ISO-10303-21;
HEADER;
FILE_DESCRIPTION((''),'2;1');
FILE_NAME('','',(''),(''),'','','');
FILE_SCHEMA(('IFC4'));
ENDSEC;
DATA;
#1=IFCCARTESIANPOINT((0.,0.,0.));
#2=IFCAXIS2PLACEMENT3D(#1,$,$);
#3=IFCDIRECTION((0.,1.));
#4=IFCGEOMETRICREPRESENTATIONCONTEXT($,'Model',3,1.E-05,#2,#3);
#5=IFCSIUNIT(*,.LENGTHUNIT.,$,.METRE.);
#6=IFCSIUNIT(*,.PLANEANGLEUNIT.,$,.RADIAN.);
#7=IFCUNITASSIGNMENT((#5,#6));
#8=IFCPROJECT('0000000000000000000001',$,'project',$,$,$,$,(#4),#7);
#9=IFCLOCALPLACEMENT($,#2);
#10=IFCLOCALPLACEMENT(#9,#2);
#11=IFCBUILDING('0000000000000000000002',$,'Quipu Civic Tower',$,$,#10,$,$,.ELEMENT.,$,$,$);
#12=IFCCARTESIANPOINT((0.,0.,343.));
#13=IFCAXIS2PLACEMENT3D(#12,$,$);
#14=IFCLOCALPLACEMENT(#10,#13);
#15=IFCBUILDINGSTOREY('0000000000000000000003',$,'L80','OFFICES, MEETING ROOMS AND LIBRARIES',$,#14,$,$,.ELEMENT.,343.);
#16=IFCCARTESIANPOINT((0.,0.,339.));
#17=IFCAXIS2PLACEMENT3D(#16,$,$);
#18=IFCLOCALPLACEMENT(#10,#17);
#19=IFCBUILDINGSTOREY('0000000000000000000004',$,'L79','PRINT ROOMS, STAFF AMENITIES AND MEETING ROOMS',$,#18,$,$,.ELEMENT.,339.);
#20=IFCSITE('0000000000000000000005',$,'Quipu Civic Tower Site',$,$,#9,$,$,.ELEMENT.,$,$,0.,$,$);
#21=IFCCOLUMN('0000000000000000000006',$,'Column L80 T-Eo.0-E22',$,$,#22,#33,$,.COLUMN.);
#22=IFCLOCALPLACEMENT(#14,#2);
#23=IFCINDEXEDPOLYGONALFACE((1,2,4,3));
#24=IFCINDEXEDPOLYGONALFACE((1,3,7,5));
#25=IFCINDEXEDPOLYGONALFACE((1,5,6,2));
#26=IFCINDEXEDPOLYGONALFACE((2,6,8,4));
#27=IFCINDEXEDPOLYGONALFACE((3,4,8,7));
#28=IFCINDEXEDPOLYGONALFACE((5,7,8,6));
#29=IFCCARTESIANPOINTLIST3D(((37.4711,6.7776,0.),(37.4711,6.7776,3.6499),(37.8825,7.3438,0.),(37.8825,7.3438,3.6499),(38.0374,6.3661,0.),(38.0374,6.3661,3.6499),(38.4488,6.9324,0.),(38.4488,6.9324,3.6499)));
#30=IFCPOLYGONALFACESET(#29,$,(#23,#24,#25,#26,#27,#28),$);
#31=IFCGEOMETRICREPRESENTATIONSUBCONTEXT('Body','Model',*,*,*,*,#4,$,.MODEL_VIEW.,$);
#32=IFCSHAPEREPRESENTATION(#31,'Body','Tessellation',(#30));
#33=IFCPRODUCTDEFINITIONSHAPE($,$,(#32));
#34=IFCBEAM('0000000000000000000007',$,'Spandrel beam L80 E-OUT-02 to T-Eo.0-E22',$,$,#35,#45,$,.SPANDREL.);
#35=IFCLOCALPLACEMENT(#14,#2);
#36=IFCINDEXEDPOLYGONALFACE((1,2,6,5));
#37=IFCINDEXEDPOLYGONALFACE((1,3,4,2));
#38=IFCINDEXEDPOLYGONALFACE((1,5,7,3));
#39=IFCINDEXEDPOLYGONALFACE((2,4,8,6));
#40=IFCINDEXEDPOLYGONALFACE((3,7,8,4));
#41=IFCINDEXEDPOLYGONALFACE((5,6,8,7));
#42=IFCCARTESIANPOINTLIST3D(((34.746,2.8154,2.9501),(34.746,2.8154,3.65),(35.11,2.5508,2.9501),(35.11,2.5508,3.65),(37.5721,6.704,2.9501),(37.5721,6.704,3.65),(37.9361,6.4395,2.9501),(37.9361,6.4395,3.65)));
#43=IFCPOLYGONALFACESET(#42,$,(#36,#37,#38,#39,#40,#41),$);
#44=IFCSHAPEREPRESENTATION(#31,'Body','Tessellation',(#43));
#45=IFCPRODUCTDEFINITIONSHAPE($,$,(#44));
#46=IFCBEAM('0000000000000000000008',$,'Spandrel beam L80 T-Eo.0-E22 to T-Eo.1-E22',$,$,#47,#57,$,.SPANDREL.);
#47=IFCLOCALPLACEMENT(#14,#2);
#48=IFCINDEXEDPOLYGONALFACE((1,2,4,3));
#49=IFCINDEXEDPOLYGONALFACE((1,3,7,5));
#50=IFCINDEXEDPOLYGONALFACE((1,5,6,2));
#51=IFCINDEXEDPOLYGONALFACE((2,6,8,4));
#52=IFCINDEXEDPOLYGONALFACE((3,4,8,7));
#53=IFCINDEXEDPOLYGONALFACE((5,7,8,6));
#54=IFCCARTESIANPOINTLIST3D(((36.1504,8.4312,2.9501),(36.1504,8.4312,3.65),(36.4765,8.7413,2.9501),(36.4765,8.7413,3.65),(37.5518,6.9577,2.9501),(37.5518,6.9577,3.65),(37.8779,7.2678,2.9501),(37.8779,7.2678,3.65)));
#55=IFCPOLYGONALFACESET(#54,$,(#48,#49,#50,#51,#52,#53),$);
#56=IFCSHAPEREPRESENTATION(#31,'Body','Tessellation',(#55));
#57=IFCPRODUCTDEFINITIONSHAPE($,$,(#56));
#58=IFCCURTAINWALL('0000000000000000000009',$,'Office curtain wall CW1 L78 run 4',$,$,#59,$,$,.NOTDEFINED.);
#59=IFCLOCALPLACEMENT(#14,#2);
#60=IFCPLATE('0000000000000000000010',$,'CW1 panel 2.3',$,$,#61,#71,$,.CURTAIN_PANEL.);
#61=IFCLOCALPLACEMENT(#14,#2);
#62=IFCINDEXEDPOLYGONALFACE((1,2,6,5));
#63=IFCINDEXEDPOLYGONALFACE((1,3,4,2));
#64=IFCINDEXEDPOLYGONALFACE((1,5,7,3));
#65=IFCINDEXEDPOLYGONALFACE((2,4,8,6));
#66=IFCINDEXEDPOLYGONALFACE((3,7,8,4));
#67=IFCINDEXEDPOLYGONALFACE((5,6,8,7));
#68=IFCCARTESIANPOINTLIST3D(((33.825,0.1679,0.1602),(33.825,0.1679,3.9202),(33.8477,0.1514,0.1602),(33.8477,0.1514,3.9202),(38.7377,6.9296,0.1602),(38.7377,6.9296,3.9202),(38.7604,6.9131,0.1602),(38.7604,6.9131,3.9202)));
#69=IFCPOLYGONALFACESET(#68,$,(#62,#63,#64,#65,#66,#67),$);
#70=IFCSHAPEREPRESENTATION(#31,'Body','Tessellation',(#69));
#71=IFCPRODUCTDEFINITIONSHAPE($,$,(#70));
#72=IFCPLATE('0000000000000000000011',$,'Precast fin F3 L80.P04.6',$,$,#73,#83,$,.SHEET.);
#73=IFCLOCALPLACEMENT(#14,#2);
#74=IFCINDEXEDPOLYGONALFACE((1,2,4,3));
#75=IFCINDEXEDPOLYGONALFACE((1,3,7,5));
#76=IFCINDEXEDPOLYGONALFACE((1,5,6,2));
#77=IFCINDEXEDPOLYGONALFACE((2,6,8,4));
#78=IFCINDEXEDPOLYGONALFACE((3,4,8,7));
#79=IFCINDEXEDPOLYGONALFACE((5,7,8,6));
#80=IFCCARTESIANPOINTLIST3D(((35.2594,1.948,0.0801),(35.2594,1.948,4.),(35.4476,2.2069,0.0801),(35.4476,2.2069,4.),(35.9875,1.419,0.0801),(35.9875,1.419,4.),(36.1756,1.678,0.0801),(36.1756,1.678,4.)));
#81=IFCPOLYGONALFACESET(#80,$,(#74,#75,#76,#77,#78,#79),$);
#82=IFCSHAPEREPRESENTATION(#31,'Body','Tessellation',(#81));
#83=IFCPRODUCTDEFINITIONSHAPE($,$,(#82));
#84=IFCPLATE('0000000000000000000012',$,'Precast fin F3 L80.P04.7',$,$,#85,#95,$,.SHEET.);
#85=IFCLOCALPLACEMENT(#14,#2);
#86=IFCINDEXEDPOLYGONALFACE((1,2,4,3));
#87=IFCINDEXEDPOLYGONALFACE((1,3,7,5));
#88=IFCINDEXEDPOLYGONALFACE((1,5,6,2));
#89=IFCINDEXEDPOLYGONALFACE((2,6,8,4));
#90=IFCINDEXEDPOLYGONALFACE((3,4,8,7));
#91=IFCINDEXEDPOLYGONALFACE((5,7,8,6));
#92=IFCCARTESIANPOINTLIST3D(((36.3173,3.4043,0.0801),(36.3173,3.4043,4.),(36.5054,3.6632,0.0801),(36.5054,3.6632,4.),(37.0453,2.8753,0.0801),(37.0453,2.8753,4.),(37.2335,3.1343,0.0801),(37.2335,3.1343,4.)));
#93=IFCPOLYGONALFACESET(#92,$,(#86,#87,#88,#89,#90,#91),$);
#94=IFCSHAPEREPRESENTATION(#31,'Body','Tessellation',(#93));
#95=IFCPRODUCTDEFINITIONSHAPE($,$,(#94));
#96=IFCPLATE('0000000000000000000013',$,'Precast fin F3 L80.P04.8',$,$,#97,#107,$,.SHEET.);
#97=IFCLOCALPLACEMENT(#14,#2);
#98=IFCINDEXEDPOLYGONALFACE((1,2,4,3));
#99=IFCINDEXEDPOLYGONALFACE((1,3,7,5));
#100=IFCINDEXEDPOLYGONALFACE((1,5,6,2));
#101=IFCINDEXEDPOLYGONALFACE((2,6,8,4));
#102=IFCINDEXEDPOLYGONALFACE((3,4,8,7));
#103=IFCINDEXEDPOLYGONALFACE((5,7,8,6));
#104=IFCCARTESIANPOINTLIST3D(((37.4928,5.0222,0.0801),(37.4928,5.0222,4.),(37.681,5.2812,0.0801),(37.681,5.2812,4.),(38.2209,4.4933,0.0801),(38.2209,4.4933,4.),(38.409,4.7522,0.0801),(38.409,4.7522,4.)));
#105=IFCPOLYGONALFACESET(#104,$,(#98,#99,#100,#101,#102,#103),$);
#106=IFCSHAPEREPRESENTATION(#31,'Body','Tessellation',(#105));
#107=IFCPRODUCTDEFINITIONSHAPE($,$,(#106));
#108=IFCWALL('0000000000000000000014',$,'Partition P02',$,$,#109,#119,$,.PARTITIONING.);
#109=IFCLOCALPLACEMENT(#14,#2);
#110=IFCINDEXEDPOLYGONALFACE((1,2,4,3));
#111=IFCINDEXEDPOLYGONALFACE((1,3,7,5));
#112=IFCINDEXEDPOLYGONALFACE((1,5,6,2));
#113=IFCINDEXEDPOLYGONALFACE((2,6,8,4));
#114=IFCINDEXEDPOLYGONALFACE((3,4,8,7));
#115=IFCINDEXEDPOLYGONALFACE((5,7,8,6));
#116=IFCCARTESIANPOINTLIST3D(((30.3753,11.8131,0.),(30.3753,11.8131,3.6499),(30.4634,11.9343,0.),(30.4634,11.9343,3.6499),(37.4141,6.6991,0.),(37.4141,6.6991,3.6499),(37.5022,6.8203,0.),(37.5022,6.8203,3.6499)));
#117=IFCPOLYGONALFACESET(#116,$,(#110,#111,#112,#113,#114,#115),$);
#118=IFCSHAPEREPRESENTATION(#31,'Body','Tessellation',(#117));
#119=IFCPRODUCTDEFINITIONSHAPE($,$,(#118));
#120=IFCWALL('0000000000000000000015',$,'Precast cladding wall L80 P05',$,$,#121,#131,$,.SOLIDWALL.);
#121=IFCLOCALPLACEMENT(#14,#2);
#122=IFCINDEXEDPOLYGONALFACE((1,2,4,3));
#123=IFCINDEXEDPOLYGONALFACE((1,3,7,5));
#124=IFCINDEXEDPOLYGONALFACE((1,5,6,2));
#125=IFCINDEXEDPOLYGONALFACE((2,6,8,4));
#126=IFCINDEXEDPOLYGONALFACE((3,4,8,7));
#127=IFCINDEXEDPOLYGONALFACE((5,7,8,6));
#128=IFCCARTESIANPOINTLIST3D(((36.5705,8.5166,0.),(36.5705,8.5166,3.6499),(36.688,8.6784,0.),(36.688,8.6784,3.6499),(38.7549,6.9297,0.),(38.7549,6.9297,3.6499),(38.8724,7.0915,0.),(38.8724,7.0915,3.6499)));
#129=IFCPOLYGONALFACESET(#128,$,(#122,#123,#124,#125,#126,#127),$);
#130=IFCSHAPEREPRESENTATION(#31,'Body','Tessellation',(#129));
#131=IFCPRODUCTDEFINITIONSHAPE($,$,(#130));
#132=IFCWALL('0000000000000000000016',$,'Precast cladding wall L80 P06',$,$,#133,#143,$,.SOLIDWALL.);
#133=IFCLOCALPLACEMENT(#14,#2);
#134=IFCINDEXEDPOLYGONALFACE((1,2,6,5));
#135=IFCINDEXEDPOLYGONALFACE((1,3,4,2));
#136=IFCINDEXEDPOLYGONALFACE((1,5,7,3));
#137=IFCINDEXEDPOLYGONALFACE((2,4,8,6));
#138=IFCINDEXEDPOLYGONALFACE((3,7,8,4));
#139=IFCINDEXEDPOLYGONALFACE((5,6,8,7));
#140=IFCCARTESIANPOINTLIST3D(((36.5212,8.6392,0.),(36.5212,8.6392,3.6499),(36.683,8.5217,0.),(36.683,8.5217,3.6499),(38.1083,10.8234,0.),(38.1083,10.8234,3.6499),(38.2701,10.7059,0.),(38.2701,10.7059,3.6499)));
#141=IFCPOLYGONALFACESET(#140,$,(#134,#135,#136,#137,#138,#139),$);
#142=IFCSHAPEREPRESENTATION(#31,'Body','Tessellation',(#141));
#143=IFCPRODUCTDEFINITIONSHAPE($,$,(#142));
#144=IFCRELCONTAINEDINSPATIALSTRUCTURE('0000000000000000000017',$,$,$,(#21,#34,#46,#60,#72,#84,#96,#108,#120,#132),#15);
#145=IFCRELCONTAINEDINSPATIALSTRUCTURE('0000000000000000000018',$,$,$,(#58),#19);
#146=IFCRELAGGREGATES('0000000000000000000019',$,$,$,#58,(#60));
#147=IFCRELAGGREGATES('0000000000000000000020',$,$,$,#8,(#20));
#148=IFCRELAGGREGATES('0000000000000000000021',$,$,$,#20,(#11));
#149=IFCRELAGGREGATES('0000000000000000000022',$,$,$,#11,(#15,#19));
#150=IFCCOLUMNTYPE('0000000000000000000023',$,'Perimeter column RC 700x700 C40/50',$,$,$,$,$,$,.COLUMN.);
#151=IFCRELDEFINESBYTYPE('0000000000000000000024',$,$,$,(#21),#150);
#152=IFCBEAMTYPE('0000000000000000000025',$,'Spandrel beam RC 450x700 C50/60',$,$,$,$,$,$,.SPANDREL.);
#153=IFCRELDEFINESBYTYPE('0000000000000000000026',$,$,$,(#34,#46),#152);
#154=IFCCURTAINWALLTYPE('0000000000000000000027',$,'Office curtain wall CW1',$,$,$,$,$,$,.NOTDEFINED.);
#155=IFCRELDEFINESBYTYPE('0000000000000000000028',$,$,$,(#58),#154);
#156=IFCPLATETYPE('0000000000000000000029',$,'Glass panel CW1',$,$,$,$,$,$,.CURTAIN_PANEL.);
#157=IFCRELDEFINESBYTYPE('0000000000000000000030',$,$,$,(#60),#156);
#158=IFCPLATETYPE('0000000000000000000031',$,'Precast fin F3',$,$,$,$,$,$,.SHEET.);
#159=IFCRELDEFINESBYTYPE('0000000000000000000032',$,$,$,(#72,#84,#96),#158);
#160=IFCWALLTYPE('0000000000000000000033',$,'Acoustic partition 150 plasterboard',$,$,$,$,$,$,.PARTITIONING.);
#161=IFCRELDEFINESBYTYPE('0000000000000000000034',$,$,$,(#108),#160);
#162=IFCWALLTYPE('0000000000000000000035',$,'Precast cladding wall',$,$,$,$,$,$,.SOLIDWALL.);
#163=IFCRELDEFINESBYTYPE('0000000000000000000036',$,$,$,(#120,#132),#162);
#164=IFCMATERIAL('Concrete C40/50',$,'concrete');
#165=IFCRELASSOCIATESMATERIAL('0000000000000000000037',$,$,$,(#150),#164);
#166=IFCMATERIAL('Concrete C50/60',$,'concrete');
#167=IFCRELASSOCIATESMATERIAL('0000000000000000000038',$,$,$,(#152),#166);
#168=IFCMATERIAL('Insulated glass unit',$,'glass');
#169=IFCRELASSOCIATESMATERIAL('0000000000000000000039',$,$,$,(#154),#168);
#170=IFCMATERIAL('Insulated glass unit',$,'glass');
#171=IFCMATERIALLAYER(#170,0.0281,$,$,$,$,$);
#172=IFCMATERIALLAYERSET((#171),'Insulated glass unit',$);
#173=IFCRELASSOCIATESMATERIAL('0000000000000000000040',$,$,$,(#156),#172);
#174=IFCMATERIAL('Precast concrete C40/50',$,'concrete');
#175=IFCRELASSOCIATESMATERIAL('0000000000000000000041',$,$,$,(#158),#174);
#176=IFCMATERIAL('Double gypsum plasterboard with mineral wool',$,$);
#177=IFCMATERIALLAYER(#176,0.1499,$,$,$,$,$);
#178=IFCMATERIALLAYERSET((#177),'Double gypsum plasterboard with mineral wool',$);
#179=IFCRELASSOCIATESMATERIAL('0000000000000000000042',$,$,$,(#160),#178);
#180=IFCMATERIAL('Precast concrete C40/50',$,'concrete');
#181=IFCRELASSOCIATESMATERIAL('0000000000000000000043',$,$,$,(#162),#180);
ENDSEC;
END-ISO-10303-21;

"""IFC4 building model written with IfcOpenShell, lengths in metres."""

from ifc_helpers import new_model, si_unit, direction, frame, frame_2d, origin, origin_2d, place, context, subcontext, project, spatial, rectangle, extrude, material, layer, layer_set, material_profile, profile_set, type_object, element, aggregate, save


model = new_model("IFC4")

# Units and contexts
model_context = context("Model", 3, precision=1e-05, world=origin(), true_north=direction((0.0, 1.0)))
body_context = subcontext(model_context, "Body", "Model", "MODEL_VIEW")
ifc_project = project(units=[si_unit("LENGTHUNIT", "METRE"), si_unit("PLANEANGLEUNIT", "RADIAN")], contexts=[model_context])

# Site, building, storey
site_placement = place(None, origin())
site = spatial("IfcSite", under=ifc_project, at=site_placement, Name="Quipu Civic Tower Site", CompositionType="ELEMENT", RefElevation=0.0)
building_placement = place(site_placement, origin())
building = spatial("IfcBuilding", under=site, at=building_placement, Name="Quipu Civic Tower", CompositionType="ELEMENT")
storey_1_placement = place(building_placement, frame((0.0, 0.0, 343.0)))
storey_1 = spatial("IfcBuildingStorey", under=building, at=storey_1_placement, Name="L80", Description="OFFICES, MEETING ROOMS AND LIBRARIES", CompositionType="ELEMENT", Elevation=343.0)

# Column
ifc_material_1 = material(Name="Concrete C40/50", Category="concrete")
ifc_material_profile_1 = material_profile(ifc_material_1, rectangle(XDim=0.7, YDim=0.7, at=origin_2d()), Name="RC700x700")
ifc_profile_set_1 = profile_set([ifc_material_profile_1], Name="Concrete C40/50")
column_type = type_object("IfcColumnType", Name="Perimeter column RC 700x700 C40/50", PredefinedType="COLUMN", material=ifc_profile_set_1)
column_placement = place(storey_1_placement, frame((37.96, 6.855, 0.0), z_axis=(0.0, 0.0, 1.0), x_axis=(0.587785, 0.809017, 0.0)))
element("IfcColumn", 1, at=column_placement, inside=storey_1, type_object=column_type, Name="Column L80 T-Eo.0-E22", PredefinedType="COLUMN", context=body_context, shape_type="SweptSolid", body=[
    extrude(rectangle(XDim=0.7, YDim=0.7, at=origin_2d()), origin(), (0.0, 0.0, 1.0), 3.6499),
])

# Beams
ifc_material_2 = material(Name="Concrete C50/60", Category="concrete")
ifc_material_profile_2 = material_profile(ifc_material_2, rectangle(XDim=0.45, YDim=0.7, at=origin_2d()), Name="RC450x700")
ifc_profile_set_2 = profile_set([ifc_material_profile_2], Name="Concrete C50/60")
beam_type = type_object("IfcBeamType", Name="Spandrel beam RC 450x700 C50/60", PredefinedType="SPANDREL", material=ifc_profile_set_2)
beam_1_placement = place(storey_1_placement, frame((34.928, 2.6831, 3.3), z_axis=(0.587906, 0.808929, 0.0), x_axis=(-0.808929, 0.587906, 0.0)))
element("IfcBeam", 2, at=beam_1_placement, inside=storey_1, type_object=beam_type, Name="Spandrel beam L80 E-OUT-02 to T-Eo.0-E22", PredefinedType="SPANDREL", context=body_context, shape_type="SweptSolid", body=[
    extrude(rectangle(XDim=0.45, YDim=0.7, at=origin_2d()), origin(), (0.0, 0.0, 1.0), 4.8071),
])
beam_2_placement = place(storey_1_placement, frame((37.7148, 7.1128, 3.3), z_axis=(-0.689175, 0.724595, 0.0), x_axis=(-0.724595, -0.689175, 0.0)))
element("IfcBeam", 3, at=beam_2_placement, inside=storey_1, type_object=beam_type, Name="Spandrel beam L80 T-Eo.0-E22 to T-Eo.1-E22", PredefinedType="SPANDREL", context=body_context, shape_type="SweptSolid", body=[
    extrude(rectangle(XDim=0.45, YDim=0.7, at=origin_2d()), origin(), (0.0, 0.0, 1.0), 2.0334),
])

# Shared definitions
storey_2_placement = place(building_placement, frame((0.0, 0.0, 339.0)))
storey_2 = spatial("IfcBuildingStorey", under=building, at=storey_2_placement, Name="L79", Description="PRINT ROOMS, STAFF AMENITIES AND MEETING ROOMS", CompositionType="ELEMENT", Elevation=339.0)

# Curtain wall, plate
ifc_material_3 = material(Name="Insulated glass unit", Category="glass")
curtain_wall_type = type_object("IfcCurtainWallType", Name="Office curtain wall CW1", PredefinedType="NOTDEFINED", material=ifc_material_3)
curtain_wall_placement = place(storey_2_placement, origin())
curtain_wall = element("IfcCurtainWall", 4, at=curtain_wall_placement, inside=storey_2, type_object=curtain_wall_type, Name="Office curtain wall CW1 L78 run 4", PredefinedType="NOTDEFINED")
ifc_material_4 = material(Name="Insulated glass unit", Category="glass")
ifc_layer_1 = layer(ifc_material_4, 0.0281)
ifc_layer_set_1 = layer_set([ifc_layer_1], Name="Insulated glass unit")
plate_type_1 = type_object("IfcPlateType", Name="Glass panel CW1", PredefinedType="CURTAIN_PANEL", material=ifc_layer_set_1)
plate_placement = place(storey_1_placement, frame((36.2927, 3.5405, 0.1602), z_axis=(0.0, 0.0, 1.0), x_axis=(0.587786, 0.809016, 0.0)))
plate = element("IfcPlate", 5, at=plate_placement, inside=storey_1, type_object=plate_type_1, Name="CW1 panel 2.3", PredefinedType="CURTAIN_PANEL", context=body_context, shape_type="SweptSolid", body=[
    extrude(rectangle(XDim=8.3579, YDim=0.0281, at=origin_2d()), origin(), (0.0, 0.0, 1.0), 3.76),
])
aggregate(curtain_wall, [plate])

# Plates
ifc_material_5 = material(Name="Precast concrete C40/50", Category="concrete")
plate_type_2 = type_object("IfcPlateType", Name="Precast fin F3", PredefinedType="SHEET", material=ifc_material_5)
for number, where, z_axis, x_axis, name in (
    (6, (35.7175, 1.813, 0.0801), (0.0, 0.0, 1.0), (0.587787, 0.809016, 0.0), "Precast fin F3 L80.P04.6"),
    (7, (36.7754, 3.2693, 0.0801), (0.0, 0.0, 1.0), (0.587787, 0.809016, 0.0), "Precast fin F3 L80.P04.7"),
    (8, (37.9509, 4.8872, 0.0801), (0.0, 0.0, 1.0), (0.587787, 0.809016, 0.0), "Precast fin F3 L80.P04.8"),
):
    element("IfcPlate", number, at=place(storey_1_placement, frame(where, z_axis=z_axis, x_axis=x_axis)), inside=storey_1, type_object=plate_type_2, Name=name, PredefinedType="SHEET", context=body_context, shape_type="SweptSolid", body=[
        extrude(rectangle(XDim=0.3201, YDim=0.8999, at=origin_2d()), origin(), (0.0, 0.0, 1.0), 3.9199),
    ])

# Walls
ifc_material_6 = material(Name="Double gypsum plasterboard with mineral wool")
ifc_layer_2 = layer(ifc_material_6, 0.1499)
ifc_layer_set_2 = layer_set([ifc_layer_2], Name="Double gypsum plasterboard with mineral wool")
wall_type_1 = type_object("IfcWallType", Name="Acoustic partition 150 plasterboard", PredefinedType="PARTITIONING", material=ifc_layer_set_2)
wall_placement = place(storey_1_placement, frame((37.458, 6.7598, 0.0), z_axis=(0.0, 0.0, 1.0), x_axis=(-0.809016, 0.587786, 0.0)))
element("IfcWall", 9, at=wall_placement, inside=storey_1, type_object=wall_type_1, Name="Partition P02", PredefinedType="PARTITIONING", context=body_context, shape_type="SweptSolid", body=[
    extrude(rectangle(XDim=8.7004, YDim=0.1499, at=frame_2d((4.3501, 0.0))), origin(), (0.0, 0.0, 1.0), 3.6499),
])
ifc_material_7 = material(Name="Precast concrete C40/50", Category="concrete")
wall_type_2 = type_object("IfcWallType", Name="Precast cladding wall", PredefinedType="SOLIDWALL", material=ifc_material_7)
for number, where, z_axis, x_axis, name in (
    (10, (38.8137, 7.0105, 0.0), (0.0, 0.0, 1.0), (-0.809033, 0.587763, 0.0), "Precast cladding wall L80 P05"),
    (11, (36.6021, 8.5803, 0.0), (0.0, 0.0, 1.0), (0.587822, 0.80899, 0.0), "Precast cladding wall L80 P06"),
):
    element("IfcWall", number, at=place(storey_1_placement, frame(where, z_axis=z_axis, x_axis=x_axis)), inside=storey_1, type_object=wall_type_2, Name=name, PredefinedType="SOLIDWALL", context=body_context, shape_type="SweptSolid", body=[
        extrude(rectangle(XDim=2.7, YDim=0.2, at=frame_2d((1.3501, 0.0))), origin(), (0.0, 0.0, 1.0), 3.6499),
    ])

save(model, "model.ifc")
